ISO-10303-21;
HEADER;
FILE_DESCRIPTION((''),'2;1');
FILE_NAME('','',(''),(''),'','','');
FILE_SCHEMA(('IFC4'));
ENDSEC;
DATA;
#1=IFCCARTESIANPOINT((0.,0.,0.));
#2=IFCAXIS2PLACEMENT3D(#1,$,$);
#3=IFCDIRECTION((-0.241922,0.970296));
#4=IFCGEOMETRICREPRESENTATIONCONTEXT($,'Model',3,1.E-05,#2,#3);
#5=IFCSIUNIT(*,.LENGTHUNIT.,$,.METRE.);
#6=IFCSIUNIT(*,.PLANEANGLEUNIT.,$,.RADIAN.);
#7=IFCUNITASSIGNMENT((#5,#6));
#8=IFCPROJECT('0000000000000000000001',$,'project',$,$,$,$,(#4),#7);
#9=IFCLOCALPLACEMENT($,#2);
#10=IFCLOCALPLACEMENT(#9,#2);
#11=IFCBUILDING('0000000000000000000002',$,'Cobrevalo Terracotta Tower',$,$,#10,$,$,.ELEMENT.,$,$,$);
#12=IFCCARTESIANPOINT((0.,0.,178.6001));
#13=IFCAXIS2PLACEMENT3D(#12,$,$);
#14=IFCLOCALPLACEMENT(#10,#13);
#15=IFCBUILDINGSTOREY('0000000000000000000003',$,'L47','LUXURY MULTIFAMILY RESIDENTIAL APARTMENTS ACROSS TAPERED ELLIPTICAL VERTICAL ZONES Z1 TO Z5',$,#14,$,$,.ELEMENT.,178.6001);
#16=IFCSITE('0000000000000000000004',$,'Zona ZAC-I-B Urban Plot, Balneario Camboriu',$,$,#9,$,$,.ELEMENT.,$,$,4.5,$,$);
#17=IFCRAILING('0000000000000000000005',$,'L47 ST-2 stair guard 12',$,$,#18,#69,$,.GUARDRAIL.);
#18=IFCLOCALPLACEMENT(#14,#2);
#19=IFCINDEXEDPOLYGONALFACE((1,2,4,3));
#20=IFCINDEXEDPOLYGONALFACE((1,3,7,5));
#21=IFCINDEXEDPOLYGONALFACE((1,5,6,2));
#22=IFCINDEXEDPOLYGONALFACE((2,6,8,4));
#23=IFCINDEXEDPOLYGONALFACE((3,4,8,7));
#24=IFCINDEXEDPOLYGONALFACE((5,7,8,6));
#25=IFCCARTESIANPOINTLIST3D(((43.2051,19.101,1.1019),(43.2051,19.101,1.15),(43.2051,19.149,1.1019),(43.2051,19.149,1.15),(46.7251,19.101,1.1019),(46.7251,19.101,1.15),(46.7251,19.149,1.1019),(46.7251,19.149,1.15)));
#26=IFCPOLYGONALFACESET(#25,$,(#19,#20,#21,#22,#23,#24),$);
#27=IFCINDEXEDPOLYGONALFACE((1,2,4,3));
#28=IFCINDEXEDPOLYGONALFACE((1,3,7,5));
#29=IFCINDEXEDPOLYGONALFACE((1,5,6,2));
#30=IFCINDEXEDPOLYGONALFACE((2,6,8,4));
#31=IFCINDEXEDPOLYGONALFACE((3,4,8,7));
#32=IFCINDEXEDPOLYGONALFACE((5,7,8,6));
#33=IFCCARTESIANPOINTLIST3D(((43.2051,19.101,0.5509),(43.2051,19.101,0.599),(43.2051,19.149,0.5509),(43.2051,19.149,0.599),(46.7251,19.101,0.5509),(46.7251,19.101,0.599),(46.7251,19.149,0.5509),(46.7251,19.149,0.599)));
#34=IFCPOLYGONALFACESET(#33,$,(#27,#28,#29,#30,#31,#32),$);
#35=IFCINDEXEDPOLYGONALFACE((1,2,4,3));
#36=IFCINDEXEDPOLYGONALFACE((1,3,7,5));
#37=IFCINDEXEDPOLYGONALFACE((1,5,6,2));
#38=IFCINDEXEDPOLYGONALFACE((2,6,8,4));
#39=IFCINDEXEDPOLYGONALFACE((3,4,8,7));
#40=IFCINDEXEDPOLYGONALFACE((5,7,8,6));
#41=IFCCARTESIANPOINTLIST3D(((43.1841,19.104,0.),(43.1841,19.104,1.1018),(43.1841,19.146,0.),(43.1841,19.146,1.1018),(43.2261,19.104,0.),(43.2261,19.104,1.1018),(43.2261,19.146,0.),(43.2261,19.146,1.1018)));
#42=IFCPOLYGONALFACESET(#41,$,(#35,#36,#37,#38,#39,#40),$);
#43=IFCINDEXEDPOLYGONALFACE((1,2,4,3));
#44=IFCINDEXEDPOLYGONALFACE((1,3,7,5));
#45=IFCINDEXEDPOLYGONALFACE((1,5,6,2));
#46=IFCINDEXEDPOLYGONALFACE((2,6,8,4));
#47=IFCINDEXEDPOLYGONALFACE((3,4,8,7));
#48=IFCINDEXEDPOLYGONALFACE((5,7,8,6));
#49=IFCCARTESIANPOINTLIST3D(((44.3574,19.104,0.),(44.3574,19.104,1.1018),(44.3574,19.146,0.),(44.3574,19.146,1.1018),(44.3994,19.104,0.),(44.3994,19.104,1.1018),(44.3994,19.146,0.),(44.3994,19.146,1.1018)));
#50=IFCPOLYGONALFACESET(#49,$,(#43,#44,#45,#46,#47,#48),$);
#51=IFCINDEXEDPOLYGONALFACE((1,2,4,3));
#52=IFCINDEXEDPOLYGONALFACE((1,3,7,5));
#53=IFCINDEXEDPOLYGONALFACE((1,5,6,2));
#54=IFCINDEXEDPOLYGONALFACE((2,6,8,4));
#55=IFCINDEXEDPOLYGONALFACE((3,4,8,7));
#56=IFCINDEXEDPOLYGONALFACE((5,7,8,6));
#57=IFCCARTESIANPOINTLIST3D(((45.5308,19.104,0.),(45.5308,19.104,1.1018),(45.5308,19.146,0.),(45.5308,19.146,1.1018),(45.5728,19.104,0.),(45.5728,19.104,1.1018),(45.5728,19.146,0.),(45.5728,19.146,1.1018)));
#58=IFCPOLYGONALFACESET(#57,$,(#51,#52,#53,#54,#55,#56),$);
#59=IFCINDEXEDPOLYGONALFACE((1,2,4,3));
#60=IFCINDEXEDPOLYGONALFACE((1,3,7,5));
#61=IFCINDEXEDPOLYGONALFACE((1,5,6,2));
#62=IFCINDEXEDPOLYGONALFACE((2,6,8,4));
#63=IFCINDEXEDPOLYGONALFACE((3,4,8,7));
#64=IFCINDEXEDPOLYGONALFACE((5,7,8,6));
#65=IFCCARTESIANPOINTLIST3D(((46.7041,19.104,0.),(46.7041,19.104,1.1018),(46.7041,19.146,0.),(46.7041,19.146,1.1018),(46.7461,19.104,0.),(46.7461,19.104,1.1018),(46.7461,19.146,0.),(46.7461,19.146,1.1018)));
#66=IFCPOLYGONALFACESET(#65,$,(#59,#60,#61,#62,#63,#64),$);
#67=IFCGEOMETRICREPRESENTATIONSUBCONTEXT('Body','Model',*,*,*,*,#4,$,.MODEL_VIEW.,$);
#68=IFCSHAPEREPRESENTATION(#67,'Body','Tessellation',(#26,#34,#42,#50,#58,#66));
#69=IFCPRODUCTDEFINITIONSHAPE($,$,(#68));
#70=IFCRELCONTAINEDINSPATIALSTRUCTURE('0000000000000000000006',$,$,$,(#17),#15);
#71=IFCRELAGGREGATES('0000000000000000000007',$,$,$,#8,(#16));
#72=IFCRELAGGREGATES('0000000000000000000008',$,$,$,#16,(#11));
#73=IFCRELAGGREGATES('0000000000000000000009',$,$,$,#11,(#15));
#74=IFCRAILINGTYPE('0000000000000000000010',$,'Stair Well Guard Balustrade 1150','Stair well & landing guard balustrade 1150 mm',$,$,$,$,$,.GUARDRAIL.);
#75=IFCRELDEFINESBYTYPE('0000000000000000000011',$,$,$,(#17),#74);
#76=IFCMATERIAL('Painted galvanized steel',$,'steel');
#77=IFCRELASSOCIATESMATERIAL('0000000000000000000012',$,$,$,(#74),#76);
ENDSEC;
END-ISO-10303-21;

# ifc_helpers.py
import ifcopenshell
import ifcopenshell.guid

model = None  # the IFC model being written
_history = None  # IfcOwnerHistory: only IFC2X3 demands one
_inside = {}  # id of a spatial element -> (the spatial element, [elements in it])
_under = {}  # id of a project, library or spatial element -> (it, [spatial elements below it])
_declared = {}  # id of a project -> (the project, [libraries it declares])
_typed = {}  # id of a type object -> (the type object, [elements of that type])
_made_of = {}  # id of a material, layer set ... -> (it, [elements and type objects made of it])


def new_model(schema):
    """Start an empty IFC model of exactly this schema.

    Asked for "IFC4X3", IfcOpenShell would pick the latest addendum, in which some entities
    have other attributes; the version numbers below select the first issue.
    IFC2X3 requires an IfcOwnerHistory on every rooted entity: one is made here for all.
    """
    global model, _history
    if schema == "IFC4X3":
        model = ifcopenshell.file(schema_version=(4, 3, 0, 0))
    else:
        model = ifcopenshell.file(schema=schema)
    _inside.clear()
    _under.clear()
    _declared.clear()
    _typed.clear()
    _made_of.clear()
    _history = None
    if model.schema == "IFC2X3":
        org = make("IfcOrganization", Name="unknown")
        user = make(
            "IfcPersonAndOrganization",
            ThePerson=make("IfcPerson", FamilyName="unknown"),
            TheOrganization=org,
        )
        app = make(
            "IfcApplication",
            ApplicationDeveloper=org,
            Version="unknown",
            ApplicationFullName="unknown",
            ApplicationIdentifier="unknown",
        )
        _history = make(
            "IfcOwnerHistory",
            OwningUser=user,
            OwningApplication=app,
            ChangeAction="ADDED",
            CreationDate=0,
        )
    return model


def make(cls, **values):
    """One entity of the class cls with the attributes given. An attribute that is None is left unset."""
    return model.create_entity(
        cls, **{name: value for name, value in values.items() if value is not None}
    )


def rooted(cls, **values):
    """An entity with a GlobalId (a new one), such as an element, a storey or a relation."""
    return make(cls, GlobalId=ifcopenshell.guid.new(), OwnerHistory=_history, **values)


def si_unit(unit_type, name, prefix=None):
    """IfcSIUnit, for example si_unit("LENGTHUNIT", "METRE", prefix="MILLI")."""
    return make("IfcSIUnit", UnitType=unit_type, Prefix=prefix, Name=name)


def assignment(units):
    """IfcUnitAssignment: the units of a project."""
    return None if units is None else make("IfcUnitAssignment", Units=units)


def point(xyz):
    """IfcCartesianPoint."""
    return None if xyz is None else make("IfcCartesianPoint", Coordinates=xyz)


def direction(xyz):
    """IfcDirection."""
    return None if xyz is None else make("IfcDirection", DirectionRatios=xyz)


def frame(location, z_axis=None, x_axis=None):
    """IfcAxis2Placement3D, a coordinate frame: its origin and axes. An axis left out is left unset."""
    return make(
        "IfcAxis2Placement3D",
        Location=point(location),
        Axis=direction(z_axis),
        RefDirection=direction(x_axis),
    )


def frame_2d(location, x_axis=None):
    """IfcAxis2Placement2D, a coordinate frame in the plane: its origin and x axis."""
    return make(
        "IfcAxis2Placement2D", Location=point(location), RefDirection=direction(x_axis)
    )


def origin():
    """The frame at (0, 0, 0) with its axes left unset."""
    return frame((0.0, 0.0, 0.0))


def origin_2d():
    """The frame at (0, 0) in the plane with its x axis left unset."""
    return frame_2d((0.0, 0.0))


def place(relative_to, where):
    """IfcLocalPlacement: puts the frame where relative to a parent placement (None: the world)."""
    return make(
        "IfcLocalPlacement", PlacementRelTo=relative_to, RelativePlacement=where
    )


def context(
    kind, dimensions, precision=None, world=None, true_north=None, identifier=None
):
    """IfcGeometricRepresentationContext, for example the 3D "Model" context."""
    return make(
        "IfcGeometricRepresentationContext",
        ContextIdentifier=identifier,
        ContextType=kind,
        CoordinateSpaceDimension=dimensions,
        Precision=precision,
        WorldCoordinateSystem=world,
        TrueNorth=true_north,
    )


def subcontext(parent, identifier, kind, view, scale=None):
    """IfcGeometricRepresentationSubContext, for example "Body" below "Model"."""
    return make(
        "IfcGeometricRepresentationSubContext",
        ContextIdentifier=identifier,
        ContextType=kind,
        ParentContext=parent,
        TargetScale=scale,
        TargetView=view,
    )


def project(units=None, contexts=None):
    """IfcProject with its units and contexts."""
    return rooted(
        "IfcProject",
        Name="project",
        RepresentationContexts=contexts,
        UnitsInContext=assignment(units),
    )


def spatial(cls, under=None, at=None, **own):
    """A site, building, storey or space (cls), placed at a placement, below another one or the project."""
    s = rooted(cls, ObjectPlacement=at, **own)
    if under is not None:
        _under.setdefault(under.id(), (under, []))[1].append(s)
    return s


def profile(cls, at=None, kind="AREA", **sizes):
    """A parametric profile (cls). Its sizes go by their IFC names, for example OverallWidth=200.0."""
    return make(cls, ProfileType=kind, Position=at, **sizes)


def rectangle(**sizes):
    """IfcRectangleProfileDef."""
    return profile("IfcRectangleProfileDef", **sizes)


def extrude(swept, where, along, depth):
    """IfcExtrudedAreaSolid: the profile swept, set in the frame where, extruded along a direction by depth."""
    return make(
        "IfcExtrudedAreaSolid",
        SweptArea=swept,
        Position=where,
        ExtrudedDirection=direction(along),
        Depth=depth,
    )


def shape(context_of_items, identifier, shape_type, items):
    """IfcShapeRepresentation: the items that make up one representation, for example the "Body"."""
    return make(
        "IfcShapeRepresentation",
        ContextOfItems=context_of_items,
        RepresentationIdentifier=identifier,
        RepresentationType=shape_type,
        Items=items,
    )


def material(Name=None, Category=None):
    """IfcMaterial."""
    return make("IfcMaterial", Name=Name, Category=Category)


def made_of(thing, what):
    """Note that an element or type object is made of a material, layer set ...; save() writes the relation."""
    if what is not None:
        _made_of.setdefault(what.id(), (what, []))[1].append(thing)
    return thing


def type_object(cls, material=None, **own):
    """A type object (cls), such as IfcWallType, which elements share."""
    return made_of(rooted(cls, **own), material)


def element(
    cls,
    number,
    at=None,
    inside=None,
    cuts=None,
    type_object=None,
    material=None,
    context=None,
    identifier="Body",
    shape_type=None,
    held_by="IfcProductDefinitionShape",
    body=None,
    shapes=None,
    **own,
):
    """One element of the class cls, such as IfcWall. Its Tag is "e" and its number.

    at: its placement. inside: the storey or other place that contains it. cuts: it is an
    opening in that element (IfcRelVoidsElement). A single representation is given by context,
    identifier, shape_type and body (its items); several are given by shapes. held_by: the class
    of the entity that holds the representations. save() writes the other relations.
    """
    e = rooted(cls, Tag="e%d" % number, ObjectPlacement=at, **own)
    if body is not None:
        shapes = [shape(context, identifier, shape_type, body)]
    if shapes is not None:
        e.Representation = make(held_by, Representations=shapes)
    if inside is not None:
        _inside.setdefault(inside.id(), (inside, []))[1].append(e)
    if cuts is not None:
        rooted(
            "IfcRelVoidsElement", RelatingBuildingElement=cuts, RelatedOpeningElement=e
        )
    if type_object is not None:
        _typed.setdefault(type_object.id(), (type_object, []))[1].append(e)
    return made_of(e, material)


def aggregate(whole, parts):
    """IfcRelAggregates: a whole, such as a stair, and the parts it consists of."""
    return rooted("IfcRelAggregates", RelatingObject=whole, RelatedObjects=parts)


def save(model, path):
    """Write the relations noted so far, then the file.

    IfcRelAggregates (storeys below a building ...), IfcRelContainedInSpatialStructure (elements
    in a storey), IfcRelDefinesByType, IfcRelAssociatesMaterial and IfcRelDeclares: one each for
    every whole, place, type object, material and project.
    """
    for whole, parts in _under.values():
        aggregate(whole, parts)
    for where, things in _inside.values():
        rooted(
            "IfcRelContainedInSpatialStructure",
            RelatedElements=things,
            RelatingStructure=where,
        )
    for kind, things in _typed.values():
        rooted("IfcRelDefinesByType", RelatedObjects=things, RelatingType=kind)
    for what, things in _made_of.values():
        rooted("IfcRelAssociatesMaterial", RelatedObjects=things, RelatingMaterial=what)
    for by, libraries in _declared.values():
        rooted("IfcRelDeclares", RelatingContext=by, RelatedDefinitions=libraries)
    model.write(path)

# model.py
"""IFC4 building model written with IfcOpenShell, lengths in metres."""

from ifc_helpers import new_model, si_unit, direction, frame, origin, origin_2d, place, context, subcontext, project, spatial, rectangle, extrude, material, type_object, element, save


model = new_model("IFC4")

# Units and contexts
model_context = context("Model", 3, precision=1e-05, world=origin(), true_north=direction((-0.241922, 0.970296)))
body_context = subcontext(model_context, "Body", "Model", "MODEL_VIEW")
ifc_project = project(units=[si_unit("LENGTHUNIT", "METRE"), si_unit("PLANEANGLEUNIT", "RADIAN")], contexts=[model_context])

# Site, building, storey
site_placement = place(None, origin())
site = spatial("IfcSite", under=ifc_project, at=site_placement, Name="Zona ZAC-I-B Urban Plot, Balneario Camboriu", CompositionType="ELEMENT", RefElevation=4.5)
building_placement = place(site_placement, origin())
building = spatial("IfcBuilding", under=site, at=building_placement, Name="Cobrevalo Terracotta Tower", CompositionType="ELEMENT")
storey_placement = place(building_placement, frame((0.0, 0.0, 178.6001)))
storey = spatial("IfcBuildingStorey", under=building, at=storey_placement, Name="L47", Description="LUXURY MULTIFAMILY RESIDENTIAL APARTMENTS ACROSS TAPERED ELLIPTICAL VERTICAL ZONES Z1 TO Z5", CompositionType="ELEMENT", Elevation=178.6001)

# Railing
ifc_material_1 = material(Name="Painted galvanized steel", Category="steel")
railing_type_1 = type_object("IfcRailingType", Name="Stair Well Guard Balustrade 1150", Description="Stair well & landing guard balustrade 1150 mm", PredefinedType="GUARDRAIL", material=ifc_material_1)
railing_1_placement = place(storey_placement, frame((43.2051, 19.125, 0.0)))
element("IfcRailing", 1, at=railing_1_placement, inside=storey, type_object=railing_type_1, Name="L47 ST-2 stair guard 12", PredefinedType="GUARDRAIL", context=body_context, shape_type="SweptSolid", body=[
    extrude(rectangle(XDim=0.0481, YDim=0.0481, at=origin_2d()), frame((0.0, 0.0, 1.126), z_axis=(1.0, 0.0, 0.0), x_axis=(0.0, 1.0, 0.0)), (0.0, 0.0, 1.0), 3.52),
    extrude(rectangle(XDim=0.0481, YDim=0.0481, at=origin_2d()), frame((0.0, 0.0, 0.575), z_axis=(1.0, 0.0, 0.0), x_axis=(0.0, 1.0, 0.0)), (0.0, 0.0, 1.0), 3.52),
    extrude(rectangle(XDim=0.042, YDim=0.042, at=origin_2d()), origin(), (0.0, 0.0, 1.0), 1.1018),
    extrude(rectangle(XDim=0.042, YDim=0.042, at=origin_2d()), frame((1.1733, 0.0, 0.0)), (0.0, 0.0, 1.0), 1.1018),
    extrude(rectangle(XDim=0.042, YDim=0.042, at=origin_2d()), frame((2.3467, 0.0, 0.0)), (0.0, 0.0, 1.0), 1.1018),
    extrude(rectangle(XDim=0.042, YDim=0.042, at=origin_2d()), frame((3.52, 0.0, 0.0)), (0.0, 0.0, 1.0), 1.1018),
])

save(model, "model.ifc")
